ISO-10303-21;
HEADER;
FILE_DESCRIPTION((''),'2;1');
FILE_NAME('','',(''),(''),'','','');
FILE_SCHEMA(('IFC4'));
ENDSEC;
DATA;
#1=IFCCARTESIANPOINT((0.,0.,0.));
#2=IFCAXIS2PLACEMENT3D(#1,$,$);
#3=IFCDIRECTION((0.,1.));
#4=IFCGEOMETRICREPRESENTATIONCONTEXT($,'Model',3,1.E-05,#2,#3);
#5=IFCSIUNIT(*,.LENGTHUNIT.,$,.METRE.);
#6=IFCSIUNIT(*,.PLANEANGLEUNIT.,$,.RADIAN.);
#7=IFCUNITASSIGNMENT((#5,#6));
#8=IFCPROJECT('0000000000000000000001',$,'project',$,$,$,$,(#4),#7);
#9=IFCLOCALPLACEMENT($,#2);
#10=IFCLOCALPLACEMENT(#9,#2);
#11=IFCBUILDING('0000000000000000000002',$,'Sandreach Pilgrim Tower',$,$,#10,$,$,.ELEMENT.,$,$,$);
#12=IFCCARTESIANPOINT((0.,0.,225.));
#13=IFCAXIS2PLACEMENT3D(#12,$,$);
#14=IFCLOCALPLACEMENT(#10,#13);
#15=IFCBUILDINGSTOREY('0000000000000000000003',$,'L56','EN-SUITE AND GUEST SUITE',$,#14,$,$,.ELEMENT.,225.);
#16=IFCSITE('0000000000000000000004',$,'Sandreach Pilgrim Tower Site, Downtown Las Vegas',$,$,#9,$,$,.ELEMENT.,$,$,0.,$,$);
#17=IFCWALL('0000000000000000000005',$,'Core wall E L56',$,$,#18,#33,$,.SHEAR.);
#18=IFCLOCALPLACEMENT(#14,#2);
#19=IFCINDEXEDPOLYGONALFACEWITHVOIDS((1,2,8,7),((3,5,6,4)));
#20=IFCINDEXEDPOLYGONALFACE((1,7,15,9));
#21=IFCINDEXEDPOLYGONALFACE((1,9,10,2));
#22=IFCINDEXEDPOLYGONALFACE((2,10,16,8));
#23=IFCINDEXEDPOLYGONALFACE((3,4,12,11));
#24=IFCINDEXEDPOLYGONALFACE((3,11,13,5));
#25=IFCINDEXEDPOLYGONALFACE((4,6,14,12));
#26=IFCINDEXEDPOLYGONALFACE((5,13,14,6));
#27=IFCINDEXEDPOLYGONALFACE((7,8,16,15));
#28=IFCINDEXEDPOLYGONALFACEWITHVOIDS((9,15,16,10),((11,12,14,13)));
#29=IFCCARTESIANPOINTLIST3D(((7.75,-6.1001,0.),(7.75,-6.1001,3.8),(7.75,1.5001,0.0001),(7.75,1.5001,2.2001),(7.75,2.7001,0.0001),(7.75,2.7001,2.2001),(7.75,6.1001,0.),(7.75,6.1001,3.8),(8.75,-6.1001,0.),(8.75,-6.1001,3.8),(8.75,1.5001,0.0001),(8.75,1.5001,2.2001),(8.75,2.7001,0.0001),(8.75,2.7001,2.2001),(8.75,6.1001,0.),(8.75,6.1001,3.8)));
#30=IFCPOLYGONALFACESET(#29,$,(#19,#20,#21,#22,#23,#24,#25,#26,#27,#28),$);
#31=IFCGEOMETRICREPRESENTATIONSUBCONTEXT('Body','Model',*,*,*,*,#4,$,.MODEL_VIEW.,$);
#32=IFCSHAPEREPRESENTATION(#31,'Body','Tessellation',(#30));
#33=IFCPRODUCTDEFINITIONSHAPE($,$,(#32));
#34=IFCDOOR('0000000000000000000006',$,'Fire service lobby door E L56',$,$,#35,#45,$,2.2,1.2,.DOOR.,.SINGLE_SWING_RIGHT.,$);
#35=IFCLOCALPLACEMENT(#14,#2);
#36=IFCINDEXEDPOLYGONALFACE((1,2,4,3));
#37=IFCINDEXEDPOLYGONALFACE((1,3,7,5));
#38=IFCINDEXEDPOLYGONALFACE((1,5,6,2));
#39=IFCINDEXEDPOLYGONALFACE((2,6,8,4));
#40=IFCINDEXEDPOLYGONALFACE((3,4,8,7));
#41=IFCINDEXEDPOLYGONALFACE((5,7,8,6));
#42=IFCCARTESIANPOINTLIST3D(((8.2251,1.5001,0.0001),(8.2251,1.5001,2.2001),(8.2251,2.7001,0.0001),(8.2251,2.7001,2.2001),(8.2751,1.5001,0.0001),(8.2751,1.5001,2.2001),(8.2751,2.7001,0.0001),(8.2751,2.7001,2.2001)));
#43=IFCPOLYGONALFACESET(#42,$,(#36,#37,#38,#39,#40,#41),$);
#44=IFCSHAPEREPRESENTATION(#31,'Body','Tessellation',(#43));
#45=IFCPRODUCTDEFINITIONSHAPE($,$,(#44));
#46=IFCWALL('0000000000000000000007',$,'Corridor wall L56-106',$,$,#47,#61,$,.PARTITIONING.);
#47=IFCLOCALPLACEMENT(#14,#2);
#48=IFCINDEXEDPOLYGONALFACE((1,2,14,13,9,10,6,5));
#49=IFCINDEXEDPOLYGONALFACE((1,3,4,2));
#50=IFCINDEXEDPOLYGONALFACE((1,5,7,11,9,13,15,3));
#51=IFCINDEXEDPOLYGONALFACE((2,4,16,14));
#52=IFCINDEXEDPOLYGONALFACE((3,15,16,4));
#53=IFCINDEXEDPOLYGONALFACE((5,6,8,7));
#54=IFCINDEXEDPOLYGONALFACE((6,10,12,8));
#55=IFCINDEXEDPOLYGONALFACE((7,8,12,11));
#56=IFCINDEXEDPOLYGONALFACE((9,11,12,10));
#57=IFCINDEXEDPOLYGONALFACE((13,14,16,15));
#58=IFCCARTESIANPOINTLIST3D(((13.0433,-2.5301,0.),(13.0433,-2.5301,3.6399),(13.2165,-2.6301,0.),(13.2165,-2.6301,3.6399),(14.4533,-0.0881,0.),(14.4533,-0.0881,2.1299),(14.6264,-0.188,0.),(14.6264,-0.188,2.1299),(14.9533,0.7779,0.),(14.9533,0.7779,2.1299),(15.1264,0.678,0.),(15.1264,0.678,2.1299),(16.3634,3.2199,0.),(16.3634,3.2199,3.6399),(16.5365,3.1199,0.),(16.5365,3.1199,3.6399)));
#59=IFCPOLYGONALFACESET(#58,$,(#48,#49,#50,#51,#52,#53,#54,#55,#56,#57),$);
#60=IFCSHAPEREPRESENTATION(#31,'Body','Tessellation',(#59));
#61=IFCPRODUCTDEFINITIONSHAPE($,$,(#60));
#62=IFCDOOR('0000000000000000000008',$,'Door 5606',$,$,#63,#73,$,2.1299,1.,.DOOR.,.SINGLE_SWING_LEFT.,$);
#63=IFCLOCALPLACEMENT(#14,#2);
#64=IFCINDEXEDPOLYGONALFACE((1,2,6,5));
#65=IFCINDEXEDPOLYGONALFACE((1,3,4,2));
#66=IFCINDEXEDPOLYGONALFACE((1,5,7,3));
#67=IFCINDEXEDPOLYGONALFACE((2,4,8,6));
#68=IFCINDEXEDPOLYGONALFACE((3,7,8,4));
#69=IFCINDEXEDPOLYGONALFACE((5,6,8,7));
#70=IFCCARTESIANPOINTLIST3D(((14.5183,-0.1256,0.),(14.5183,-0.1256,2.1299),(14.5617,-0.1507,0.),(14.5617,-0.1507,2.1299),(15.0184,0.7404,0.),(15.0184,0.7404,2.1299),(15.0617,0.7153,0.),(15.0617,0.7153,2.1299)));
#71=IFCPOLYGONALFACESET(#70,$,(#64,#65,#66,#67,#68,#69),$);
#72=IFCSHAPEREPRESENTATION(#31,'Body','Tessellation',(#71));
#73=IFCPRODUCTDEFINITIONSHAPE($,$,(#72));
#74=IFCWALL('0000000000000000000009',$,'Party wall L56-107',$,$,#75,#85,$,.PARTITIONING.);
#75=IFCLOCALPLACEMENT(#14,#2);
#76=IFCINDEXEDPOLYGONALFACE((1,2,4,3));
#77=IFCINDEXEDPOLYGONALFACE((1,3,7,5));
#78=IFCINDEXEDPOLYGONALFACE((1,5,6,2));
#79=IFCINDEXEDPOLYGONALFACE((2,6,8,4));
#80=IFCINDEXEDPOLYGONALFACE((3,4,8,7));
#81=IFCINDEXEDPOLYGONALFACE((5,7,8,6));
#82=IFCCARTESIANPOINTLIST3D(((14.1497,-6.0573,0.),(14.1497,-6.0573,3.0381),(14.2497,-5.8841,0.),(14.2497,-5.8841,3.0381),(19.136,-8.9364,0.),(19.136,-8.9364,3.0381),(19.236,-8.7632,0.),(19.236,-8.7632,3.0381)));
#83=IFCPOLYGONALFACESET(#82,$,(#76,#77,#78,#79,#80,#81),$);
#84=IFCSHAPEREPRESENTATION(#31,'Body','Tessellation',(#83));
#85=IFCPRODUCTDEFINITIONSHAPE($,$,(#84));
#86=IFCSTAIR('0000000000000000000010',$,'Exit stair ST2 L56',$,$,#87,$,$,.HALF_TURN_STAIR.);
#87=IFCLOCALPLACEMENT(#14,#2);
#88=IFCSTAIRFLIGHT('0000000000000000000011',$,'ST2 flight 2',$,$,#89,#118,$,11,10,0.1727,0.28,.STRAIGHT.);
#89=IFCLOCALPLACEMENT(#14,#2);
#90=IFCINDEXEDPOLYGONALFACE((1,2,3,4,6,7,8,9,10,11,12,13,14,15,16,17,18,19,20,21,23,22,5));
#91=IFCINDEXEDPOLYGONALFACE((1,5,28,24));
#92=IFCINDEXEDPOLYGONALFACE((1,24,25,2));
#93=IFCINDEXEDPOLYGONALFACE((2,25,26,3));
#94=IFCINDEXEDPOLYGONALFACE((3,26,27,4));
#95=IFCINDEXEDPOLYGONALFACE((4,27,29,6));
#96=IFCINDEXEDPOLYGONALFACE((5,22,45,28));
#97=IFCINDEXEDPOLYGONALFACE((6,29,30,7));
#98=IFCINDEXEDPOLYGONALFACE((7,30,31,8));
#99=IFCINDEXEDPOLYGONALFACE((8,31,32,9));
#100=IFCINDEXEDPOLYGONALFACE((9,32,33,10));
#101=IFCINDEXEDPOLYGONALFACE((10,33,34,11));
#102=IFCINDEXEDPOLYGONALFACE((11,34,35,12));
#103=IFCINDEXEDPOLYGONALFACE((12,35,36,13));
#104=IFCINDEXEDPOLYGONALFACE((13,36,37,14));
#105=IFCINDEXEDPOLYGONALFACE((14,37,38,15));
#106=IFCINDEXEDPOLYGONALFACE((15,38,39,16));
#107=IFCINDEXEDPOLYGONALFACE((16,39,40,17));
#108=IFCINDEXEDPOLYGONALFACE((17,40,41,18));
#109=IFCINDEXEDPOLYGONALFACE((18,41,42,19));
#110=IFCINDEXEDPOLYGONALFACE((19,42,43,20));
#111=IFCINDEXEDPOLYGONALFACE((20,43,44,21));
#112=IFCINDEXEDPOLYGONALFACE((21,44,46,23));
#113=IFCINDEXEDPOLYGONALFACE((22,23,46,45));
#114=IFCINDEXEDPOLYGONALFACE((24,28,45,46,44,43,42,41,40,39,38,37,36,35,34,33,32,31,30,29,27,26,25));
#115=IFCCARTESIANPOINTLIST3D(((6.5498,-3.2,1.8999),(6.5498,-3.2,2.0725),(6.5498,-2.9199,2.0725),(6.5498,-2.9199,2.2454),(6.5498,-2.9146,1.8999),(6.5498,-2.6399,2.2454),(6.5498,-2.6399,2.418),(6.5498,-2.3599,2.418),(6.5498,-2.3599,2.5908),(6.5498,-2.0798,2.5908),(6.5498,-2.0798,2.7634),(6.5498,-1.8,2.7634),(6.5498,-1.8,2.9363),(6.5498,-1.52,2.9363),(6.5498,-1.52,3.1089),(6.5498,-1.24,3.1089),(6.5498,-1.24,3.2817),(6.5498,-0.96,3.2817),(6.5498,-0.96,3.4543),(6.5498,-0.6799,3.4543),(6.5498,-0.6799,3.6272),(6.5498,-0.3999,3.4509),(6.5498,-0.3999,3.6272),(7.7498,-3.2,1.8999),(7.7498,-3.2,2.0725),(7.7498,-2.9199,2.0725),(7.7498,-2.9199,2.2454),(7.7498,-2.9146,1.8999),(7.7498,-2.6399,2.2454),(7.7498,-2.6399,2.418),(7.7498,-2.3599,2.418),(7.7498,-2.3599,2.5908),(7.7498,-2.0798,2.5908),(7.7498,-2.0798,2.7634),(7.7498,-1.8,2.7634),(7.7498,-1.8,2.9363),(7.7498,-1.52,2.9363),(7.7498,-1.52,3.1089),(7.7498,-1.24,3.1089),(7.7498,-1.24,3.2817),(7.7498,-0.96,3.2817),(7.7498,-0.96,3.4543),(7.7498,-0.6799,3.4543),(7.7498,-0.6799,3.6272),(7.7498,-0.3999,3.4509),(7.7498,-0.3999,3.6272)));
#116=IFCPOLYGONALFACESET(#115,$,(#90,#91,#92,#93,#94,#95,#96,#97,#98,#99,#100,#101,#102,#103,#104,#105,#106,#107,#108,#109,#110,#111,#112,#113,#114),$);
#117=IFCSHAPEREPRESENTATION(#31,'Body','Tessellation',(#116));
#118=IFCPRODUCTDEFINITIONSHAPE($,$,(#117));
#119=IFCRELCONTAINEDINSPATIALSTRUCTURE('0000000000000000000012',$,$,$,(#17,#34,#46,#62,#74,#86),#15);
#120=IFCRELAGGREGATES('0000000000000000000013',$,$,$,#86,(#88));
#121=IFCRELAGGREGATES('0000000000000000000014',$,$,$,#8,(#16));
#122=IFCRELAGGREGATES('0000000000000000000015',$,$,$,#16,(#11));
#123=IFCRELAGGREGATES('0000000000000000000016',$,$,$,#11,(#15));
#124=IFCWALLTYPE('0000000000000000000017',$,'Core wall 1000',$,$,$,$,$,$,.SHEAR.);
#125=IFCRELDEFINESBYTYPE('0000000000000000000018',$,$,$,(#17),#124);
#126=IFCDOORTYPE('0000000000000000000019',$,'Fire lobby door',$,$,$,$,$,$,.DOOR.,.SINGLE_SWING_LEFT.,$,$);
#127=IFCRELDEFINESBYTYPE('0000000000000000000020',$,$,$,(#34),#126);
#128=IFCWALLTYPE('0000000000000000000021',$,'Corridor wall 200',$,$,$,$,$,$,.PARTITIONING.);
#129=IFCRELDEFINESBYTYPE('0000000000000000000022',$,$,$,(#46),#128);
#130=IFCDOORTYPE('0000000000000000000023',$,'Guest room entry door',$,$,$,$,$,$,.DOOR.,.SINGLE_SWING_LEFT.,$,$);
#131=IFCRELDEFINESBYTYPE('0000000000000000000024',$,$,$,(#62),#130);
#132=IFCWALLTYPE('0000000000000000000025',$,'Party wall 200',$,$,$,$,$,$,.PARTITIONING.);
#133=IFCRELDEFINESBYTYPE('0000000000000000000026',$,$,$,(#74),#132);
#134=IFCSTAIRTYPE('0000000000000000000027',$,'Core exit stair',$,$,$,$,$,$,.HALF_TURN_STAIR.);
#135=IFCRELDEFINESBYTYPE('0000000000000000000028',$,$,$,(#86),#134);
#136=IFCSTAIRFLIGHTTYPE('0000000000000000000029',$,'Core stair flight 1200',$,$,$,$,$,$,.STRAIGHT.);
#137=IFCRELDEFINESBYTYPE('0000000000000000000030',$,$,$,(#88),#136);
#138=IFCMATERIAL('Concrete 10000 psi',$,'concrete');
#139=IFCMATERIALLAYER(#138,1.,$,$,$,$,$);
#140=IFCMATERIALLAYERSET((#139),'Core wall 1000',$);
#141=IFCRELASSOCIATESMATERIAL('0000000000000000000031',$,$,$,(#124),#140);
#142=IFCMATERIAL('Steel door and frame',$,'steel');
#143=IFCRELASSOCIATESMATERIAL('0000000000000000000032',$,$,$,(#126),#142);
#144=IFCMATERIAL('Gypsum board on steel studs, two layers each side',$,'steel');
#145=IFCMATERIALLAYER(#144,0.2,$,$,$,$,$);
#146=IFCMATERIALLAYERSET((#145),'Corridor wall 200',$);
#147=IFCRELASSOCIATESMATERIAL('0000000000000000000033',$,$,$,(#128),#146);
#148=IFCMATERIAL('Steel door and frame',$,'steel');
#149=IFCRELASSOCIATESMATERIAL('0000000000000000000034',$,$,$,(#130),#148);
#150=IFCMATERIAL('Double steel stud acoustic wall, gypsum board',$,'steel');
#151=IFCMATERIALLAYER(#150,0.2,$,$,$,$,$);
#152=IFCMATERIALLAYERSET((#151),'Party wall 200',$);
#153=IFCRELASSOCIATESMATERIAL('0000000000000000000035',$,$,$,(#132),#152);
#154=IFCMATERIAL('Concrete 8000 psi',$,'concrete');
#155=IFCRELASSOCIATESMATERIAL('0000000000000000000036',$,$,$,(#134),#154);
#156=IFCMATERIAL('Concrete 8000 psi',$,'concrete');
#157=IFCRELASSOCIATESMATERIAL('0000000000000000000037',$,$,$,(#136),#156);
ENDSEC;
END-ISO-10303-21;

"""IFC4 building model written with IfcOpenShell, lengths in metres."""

from ifc_helpers import new_model, si_unit, direction, frame, frame_2d, origin, place, context, subcontext, project, spatial, polyline, rectangle, outline, extrude, material, layer, layer_set, type_object, element, fill, aggregate, save


model = new_model("IFC4")

# Units and contexts
model_context = context("Model", 3, precision=1e-05, world=origin(), true_north=direction((0.0, 1.0)))
body_context = subcontext(model_context, "Body", "Model", "MODEL_VIEW")
ifc_project = project(units=[si_unit("LENGTHUNIT", "METRE"), si_unit("PLANEANGLEUNIT", "RADIAN")], contexts=[model_context])

# Site, building, storey
site_placement = place(None, origin())
site = spatial("IfcSite", under=ifc_project, at=site_placement, Name="Sandreach Pilgrim Tower Site, Downtown Las Vegas", CompositionType="ELEMENT", RefElevation=0.0)
building_placement = place(site_placement, origin())
building = spatial("IfcBuilding", under=site, at=building_placement, Name="Sandreach Pilgrim Tower", CompositionType="ELEMENT")
storey_placement = place(building_placement, frame((0.0, 0.0, 225.0)))
storey = spatial("IfcBuildingStorey", under=building, at=storey_placement, Name="L56", Description="EN-SUITE AND GUEST SUITE", CompositionType="ELEMENT", Elevation=225.0)

# Walls, openings, doors
ifc_material_1 = material(Name="Concrete 10000 psi", Category="concrete")
ifc_layer_1 = layer(ifc_material_1, 1.0)
ifc_layer_set_1 = layer_set([ifc_layer_1], Name="Core wall 1000")
wall_type_1 = type_object("IfcWallType", Name="Core wall 1000", PredefinedType="SHEAR", material=ifc_layer_set_1)
wall_1_placement = place(storey_placement, frame((8.25, -6.1001, 0.0), z_axis=(0.0, 0.0, 1.0), x_axis=(0.0, 1.0, 0.0)))
wall_1 = element("IfcWall", 1, at=wall_1_placement, inside=storey, type_object=wall_type_1, Name="Core wall E L56", PredefinedType="SHEAR", context=body_context, shape_type="SweptSolid", body=[
    extrude(rectangle(XDim=12.2002, YDim=1.0, at=frame_2d((6.1001, 0.0))), origin(), (0.0, 0.0, 1.0), 3.8),
])
opening_1_placement = place(wall_1_placement, frame((7.6001, 0.0, 0.0)))
opening_1 = element("IfcOpeningElement", 2, at=opening_1_placement, cuts=wall_1, PredefinedType="OPENING", context=body_context, shape_type="SweptSolid", body=[
    extrude(rectangle(XDim=1.2, YDim=2.2, at=frame_2d((0.6001, 1.1001))), frame((0.0, 0.5, 0.0), z_axis=(0.0, -1.0, 0.0), x_axis=(1.0, 0.0, 0.0)), (0.0, 0.0, 1.0), 1.0),
])
ifc_material_2 = material(Name="Steel door and frame", Category="steel")
door_type_1 = type_object("IfcDoorType", Name="Fire lobby door", OperationType="SINGLE_SWING_LEFT", PredefinedType="DOOR", material=ifc_material_2)
door_1_placement = place(opening_1_placement, origin())
door_1 = element("IfcDoor", 3, at=door_1_placement, inside=storey, type_object=door_type_1, Name="Fire service lobby door E L56", OperationType="SINGLE_SWING_RIGHT", OverallHeight=2.2, OverallWidth=1.2, PredefinedType="DOOR", context=body_context, shape_type="SweptSolid", body=[
    extrude(rectangle(XDim=1.2, YDim=2.2, at=frame_2d((0.6001, 1.1001))), frame((0.0, 0.0249, 0.0), z_axis=(0.0, -1.0, 0.0), x_axis=(1.0, 0.0, 0.0)), (0.0, 0.0, 1.0), 0.05),
])
fill(opening_1, door_1)
ifc_material_3 = material(Name="Gypsum board on steel studs, two layers each side", Category="steel")
ifc_layer_2 = layer(ifc_material_3, 0.2)
ifc_layer_set_2 = layer_set([ifc_layer_2], Name="Corridor wall 200")
wall_type_2 = type_object("IfcWallType", Name="Corridor wall 200", PredefinedType="PARTITIONING", material=ifc_layer_set_2)
ifc_material_4 = material(Name="Steel door and frame", Category="steel")
door_type_2 = type_object("IfcDoorType", Name="Guest room entry door", OperationType="SINGLE_SWING_LEFT", PredefinedType="DOOR", material=ifc_material_4)
wall_2_placement = place(storey_placement, frame((13.1299, -2.5801, 0.0), z_axis=(0.0, 0.0, 1.0), x_axis=(0.500034, 0.866006, 0.0)))
wall_2 = element("IfcWall", 4, at=wall_2_placement, inside=storey, type_object=wall_type_2, Name="Corridor wall L56-106", PredefinedType="PARTITIONING", context=body_context, shape_type="SweptSolid", body=[
    extrude(rectangle(XDim=6.6396, YDim=0.2, at=frame_2d((3.3198, 0.0))), origin(), (0.0, 0.0, 1.0), 3.6399),
])
opening_2_placement = place(wall_2_placement, frame((2.8198, 0.0, 0.0)))
opening_2 = element("IfcOpeningElement", 5, at=opening_2_placement, cuts=wall_2, PredefinedType="OPENING", context=body_context, shape_type="SweptSolid", body=[
    extrude(rectangle(XDim=1.0, YDim=2.1299, at=frame_2d((0.5, 1.0649))), frame((0.0, 0.1001, 0.0), z_axis=(0.0, -1.0, 0.0), x_axis=(1.0, 0.0, 0.0)), (0.0, 0.0, 1.0), 0.2),
])
door_2_placement = place(opening_2_placement, origin())
door_2 = element("IfcDoor", 6, at=door_2_placement, inside=storey, type_object=door_type_2, Name="Door 5606", OperationType="SINGLE_SWING_LEFT", OverallHeight=2.1299, OverallWidth=1.0, PredefinedType="DOOR", context=body_context, shape_type="SweptSolid", body=[
    extrude(rectangle(XDim=1.0, YDim=2.1299, at=frame_2d((0.5, 1.0649))), frame((0.0, 0.0249, 0.0), z_axis=(0.0, -1.0, 0.0), x_axis=(1.0, 0.0, 0.0)), (0.0, 0.0, 1.0), 0.05),
])
fill(opening_2, door_2)

# Wall
ifc_material_5 = material(Name="Double steel stud acoustic wall, gypsum board", Category="steel")
ifc_layer_3 = layer(ifc_material_5, 0.2)
ifc_layer_set_3 = layer_set([ifc_layer_3], Name="Party wall 200")
wall_type_3 = type_object("IfcWallType", Name="Party wall 200", PredefinedType="PARTITIONING", material=ifc_layer_set_3)
wall_3_placement = place(storey_placement, frame((14.1997, -5.9707, 0.0), z_axis=(0.0, 0.0, 1.0), x_axis=(0.866003, -0.500038, 0.0)))
element("IfcWall", 7, at=wall_3_placement, inside=storey, type_object=wall_type_3, Name="Party wall L56-107", PredefinedType="PARTITIONING", context=body_context, shape_type="SweptSolid", body=[
    extrude(rectangle(XDim=5.7578, YDim=0.2, at=frame_2d((2.8789, 0.0))), origin(), (0.0, 0.0, 1.0), 3.0381),
])

# Stair, stair flight
ifc_material_6 = material(Name="Concrete 8000 psi", Category="concrete")
stair_type = type_object("IfcStairType", Name="Core exit stair", PredefinedType="HALF_TURN_STAIR", material=ifc_material_6)
stair_placement = place(storey_placement, origin())
stair = element("IfcStair", 8, at=stair_placement, inside=storey, type_object=stair_type, Name="Exit stair ST2 L56", PredefinedType="HALF_TURN_STAIR")
ifc_material_7 = material(Name="Concrete 8000 psi", Category="concrete")
stair_flight_type = type_object("IfcStairFlightType", Name="Core stair flight 1200", PredefinedType="STRAIGHT", material=ifc_material_7)
stair_flight_placement = place(storey_placement, frame((7.1499, -3.2, 1.8999), z_axis=(0.0, 0.0, 1.0), x_axis=(0.0, 1.0, 0.0)))
stair_flight = element("IfcStairFlight", 9, at=stair_flight_placement, type_object=stair_flight_type, Name="ST2 flight 2", NumberOfRisers=11, NumberOfTreads=10, PredefinedType="STRAIGHT", RiserHeight=0.1727, TreadLength=0.28, context=body_context, shape_type="SweptSolid", body=[
    extrude(outline(polyline([(0.0, 0.0), (0.0, 0.1726), (0.28, 0.1726), (0.28, 0.3455), (0.5601, 0.3455), (0.5601, 0.5181), (0.8401, 0.5181), (0.8401, 0.6909), (1.1201, 0.6909), (1.1201, 0.8635), (1.3999, 0.8635), (1.3999, 1.0364), (1.6799, 1.0364), (1.6799, 1.209), (1.96, 1.209), (1.96, 1.3818), (2.24, 1.3818), (2.24, 1.5544), (2.52, 1.5544), (2.52, 1.7273), (2.8, 1.7273), (2.8, 1.8999), (2.8, 1.551), (0.2854, 0.0), (0.0, 0.0)])), frame((0.0, 0.6001, 0.0), z_axis=(0.0, -1.0, 0.0), x_axis=(1.0, 0.0, 0.0)), (0.0, 0.0, 1.0), 1.2),
])
aggregate(stair, [stair_flight])

save(model, "model.ifc")
